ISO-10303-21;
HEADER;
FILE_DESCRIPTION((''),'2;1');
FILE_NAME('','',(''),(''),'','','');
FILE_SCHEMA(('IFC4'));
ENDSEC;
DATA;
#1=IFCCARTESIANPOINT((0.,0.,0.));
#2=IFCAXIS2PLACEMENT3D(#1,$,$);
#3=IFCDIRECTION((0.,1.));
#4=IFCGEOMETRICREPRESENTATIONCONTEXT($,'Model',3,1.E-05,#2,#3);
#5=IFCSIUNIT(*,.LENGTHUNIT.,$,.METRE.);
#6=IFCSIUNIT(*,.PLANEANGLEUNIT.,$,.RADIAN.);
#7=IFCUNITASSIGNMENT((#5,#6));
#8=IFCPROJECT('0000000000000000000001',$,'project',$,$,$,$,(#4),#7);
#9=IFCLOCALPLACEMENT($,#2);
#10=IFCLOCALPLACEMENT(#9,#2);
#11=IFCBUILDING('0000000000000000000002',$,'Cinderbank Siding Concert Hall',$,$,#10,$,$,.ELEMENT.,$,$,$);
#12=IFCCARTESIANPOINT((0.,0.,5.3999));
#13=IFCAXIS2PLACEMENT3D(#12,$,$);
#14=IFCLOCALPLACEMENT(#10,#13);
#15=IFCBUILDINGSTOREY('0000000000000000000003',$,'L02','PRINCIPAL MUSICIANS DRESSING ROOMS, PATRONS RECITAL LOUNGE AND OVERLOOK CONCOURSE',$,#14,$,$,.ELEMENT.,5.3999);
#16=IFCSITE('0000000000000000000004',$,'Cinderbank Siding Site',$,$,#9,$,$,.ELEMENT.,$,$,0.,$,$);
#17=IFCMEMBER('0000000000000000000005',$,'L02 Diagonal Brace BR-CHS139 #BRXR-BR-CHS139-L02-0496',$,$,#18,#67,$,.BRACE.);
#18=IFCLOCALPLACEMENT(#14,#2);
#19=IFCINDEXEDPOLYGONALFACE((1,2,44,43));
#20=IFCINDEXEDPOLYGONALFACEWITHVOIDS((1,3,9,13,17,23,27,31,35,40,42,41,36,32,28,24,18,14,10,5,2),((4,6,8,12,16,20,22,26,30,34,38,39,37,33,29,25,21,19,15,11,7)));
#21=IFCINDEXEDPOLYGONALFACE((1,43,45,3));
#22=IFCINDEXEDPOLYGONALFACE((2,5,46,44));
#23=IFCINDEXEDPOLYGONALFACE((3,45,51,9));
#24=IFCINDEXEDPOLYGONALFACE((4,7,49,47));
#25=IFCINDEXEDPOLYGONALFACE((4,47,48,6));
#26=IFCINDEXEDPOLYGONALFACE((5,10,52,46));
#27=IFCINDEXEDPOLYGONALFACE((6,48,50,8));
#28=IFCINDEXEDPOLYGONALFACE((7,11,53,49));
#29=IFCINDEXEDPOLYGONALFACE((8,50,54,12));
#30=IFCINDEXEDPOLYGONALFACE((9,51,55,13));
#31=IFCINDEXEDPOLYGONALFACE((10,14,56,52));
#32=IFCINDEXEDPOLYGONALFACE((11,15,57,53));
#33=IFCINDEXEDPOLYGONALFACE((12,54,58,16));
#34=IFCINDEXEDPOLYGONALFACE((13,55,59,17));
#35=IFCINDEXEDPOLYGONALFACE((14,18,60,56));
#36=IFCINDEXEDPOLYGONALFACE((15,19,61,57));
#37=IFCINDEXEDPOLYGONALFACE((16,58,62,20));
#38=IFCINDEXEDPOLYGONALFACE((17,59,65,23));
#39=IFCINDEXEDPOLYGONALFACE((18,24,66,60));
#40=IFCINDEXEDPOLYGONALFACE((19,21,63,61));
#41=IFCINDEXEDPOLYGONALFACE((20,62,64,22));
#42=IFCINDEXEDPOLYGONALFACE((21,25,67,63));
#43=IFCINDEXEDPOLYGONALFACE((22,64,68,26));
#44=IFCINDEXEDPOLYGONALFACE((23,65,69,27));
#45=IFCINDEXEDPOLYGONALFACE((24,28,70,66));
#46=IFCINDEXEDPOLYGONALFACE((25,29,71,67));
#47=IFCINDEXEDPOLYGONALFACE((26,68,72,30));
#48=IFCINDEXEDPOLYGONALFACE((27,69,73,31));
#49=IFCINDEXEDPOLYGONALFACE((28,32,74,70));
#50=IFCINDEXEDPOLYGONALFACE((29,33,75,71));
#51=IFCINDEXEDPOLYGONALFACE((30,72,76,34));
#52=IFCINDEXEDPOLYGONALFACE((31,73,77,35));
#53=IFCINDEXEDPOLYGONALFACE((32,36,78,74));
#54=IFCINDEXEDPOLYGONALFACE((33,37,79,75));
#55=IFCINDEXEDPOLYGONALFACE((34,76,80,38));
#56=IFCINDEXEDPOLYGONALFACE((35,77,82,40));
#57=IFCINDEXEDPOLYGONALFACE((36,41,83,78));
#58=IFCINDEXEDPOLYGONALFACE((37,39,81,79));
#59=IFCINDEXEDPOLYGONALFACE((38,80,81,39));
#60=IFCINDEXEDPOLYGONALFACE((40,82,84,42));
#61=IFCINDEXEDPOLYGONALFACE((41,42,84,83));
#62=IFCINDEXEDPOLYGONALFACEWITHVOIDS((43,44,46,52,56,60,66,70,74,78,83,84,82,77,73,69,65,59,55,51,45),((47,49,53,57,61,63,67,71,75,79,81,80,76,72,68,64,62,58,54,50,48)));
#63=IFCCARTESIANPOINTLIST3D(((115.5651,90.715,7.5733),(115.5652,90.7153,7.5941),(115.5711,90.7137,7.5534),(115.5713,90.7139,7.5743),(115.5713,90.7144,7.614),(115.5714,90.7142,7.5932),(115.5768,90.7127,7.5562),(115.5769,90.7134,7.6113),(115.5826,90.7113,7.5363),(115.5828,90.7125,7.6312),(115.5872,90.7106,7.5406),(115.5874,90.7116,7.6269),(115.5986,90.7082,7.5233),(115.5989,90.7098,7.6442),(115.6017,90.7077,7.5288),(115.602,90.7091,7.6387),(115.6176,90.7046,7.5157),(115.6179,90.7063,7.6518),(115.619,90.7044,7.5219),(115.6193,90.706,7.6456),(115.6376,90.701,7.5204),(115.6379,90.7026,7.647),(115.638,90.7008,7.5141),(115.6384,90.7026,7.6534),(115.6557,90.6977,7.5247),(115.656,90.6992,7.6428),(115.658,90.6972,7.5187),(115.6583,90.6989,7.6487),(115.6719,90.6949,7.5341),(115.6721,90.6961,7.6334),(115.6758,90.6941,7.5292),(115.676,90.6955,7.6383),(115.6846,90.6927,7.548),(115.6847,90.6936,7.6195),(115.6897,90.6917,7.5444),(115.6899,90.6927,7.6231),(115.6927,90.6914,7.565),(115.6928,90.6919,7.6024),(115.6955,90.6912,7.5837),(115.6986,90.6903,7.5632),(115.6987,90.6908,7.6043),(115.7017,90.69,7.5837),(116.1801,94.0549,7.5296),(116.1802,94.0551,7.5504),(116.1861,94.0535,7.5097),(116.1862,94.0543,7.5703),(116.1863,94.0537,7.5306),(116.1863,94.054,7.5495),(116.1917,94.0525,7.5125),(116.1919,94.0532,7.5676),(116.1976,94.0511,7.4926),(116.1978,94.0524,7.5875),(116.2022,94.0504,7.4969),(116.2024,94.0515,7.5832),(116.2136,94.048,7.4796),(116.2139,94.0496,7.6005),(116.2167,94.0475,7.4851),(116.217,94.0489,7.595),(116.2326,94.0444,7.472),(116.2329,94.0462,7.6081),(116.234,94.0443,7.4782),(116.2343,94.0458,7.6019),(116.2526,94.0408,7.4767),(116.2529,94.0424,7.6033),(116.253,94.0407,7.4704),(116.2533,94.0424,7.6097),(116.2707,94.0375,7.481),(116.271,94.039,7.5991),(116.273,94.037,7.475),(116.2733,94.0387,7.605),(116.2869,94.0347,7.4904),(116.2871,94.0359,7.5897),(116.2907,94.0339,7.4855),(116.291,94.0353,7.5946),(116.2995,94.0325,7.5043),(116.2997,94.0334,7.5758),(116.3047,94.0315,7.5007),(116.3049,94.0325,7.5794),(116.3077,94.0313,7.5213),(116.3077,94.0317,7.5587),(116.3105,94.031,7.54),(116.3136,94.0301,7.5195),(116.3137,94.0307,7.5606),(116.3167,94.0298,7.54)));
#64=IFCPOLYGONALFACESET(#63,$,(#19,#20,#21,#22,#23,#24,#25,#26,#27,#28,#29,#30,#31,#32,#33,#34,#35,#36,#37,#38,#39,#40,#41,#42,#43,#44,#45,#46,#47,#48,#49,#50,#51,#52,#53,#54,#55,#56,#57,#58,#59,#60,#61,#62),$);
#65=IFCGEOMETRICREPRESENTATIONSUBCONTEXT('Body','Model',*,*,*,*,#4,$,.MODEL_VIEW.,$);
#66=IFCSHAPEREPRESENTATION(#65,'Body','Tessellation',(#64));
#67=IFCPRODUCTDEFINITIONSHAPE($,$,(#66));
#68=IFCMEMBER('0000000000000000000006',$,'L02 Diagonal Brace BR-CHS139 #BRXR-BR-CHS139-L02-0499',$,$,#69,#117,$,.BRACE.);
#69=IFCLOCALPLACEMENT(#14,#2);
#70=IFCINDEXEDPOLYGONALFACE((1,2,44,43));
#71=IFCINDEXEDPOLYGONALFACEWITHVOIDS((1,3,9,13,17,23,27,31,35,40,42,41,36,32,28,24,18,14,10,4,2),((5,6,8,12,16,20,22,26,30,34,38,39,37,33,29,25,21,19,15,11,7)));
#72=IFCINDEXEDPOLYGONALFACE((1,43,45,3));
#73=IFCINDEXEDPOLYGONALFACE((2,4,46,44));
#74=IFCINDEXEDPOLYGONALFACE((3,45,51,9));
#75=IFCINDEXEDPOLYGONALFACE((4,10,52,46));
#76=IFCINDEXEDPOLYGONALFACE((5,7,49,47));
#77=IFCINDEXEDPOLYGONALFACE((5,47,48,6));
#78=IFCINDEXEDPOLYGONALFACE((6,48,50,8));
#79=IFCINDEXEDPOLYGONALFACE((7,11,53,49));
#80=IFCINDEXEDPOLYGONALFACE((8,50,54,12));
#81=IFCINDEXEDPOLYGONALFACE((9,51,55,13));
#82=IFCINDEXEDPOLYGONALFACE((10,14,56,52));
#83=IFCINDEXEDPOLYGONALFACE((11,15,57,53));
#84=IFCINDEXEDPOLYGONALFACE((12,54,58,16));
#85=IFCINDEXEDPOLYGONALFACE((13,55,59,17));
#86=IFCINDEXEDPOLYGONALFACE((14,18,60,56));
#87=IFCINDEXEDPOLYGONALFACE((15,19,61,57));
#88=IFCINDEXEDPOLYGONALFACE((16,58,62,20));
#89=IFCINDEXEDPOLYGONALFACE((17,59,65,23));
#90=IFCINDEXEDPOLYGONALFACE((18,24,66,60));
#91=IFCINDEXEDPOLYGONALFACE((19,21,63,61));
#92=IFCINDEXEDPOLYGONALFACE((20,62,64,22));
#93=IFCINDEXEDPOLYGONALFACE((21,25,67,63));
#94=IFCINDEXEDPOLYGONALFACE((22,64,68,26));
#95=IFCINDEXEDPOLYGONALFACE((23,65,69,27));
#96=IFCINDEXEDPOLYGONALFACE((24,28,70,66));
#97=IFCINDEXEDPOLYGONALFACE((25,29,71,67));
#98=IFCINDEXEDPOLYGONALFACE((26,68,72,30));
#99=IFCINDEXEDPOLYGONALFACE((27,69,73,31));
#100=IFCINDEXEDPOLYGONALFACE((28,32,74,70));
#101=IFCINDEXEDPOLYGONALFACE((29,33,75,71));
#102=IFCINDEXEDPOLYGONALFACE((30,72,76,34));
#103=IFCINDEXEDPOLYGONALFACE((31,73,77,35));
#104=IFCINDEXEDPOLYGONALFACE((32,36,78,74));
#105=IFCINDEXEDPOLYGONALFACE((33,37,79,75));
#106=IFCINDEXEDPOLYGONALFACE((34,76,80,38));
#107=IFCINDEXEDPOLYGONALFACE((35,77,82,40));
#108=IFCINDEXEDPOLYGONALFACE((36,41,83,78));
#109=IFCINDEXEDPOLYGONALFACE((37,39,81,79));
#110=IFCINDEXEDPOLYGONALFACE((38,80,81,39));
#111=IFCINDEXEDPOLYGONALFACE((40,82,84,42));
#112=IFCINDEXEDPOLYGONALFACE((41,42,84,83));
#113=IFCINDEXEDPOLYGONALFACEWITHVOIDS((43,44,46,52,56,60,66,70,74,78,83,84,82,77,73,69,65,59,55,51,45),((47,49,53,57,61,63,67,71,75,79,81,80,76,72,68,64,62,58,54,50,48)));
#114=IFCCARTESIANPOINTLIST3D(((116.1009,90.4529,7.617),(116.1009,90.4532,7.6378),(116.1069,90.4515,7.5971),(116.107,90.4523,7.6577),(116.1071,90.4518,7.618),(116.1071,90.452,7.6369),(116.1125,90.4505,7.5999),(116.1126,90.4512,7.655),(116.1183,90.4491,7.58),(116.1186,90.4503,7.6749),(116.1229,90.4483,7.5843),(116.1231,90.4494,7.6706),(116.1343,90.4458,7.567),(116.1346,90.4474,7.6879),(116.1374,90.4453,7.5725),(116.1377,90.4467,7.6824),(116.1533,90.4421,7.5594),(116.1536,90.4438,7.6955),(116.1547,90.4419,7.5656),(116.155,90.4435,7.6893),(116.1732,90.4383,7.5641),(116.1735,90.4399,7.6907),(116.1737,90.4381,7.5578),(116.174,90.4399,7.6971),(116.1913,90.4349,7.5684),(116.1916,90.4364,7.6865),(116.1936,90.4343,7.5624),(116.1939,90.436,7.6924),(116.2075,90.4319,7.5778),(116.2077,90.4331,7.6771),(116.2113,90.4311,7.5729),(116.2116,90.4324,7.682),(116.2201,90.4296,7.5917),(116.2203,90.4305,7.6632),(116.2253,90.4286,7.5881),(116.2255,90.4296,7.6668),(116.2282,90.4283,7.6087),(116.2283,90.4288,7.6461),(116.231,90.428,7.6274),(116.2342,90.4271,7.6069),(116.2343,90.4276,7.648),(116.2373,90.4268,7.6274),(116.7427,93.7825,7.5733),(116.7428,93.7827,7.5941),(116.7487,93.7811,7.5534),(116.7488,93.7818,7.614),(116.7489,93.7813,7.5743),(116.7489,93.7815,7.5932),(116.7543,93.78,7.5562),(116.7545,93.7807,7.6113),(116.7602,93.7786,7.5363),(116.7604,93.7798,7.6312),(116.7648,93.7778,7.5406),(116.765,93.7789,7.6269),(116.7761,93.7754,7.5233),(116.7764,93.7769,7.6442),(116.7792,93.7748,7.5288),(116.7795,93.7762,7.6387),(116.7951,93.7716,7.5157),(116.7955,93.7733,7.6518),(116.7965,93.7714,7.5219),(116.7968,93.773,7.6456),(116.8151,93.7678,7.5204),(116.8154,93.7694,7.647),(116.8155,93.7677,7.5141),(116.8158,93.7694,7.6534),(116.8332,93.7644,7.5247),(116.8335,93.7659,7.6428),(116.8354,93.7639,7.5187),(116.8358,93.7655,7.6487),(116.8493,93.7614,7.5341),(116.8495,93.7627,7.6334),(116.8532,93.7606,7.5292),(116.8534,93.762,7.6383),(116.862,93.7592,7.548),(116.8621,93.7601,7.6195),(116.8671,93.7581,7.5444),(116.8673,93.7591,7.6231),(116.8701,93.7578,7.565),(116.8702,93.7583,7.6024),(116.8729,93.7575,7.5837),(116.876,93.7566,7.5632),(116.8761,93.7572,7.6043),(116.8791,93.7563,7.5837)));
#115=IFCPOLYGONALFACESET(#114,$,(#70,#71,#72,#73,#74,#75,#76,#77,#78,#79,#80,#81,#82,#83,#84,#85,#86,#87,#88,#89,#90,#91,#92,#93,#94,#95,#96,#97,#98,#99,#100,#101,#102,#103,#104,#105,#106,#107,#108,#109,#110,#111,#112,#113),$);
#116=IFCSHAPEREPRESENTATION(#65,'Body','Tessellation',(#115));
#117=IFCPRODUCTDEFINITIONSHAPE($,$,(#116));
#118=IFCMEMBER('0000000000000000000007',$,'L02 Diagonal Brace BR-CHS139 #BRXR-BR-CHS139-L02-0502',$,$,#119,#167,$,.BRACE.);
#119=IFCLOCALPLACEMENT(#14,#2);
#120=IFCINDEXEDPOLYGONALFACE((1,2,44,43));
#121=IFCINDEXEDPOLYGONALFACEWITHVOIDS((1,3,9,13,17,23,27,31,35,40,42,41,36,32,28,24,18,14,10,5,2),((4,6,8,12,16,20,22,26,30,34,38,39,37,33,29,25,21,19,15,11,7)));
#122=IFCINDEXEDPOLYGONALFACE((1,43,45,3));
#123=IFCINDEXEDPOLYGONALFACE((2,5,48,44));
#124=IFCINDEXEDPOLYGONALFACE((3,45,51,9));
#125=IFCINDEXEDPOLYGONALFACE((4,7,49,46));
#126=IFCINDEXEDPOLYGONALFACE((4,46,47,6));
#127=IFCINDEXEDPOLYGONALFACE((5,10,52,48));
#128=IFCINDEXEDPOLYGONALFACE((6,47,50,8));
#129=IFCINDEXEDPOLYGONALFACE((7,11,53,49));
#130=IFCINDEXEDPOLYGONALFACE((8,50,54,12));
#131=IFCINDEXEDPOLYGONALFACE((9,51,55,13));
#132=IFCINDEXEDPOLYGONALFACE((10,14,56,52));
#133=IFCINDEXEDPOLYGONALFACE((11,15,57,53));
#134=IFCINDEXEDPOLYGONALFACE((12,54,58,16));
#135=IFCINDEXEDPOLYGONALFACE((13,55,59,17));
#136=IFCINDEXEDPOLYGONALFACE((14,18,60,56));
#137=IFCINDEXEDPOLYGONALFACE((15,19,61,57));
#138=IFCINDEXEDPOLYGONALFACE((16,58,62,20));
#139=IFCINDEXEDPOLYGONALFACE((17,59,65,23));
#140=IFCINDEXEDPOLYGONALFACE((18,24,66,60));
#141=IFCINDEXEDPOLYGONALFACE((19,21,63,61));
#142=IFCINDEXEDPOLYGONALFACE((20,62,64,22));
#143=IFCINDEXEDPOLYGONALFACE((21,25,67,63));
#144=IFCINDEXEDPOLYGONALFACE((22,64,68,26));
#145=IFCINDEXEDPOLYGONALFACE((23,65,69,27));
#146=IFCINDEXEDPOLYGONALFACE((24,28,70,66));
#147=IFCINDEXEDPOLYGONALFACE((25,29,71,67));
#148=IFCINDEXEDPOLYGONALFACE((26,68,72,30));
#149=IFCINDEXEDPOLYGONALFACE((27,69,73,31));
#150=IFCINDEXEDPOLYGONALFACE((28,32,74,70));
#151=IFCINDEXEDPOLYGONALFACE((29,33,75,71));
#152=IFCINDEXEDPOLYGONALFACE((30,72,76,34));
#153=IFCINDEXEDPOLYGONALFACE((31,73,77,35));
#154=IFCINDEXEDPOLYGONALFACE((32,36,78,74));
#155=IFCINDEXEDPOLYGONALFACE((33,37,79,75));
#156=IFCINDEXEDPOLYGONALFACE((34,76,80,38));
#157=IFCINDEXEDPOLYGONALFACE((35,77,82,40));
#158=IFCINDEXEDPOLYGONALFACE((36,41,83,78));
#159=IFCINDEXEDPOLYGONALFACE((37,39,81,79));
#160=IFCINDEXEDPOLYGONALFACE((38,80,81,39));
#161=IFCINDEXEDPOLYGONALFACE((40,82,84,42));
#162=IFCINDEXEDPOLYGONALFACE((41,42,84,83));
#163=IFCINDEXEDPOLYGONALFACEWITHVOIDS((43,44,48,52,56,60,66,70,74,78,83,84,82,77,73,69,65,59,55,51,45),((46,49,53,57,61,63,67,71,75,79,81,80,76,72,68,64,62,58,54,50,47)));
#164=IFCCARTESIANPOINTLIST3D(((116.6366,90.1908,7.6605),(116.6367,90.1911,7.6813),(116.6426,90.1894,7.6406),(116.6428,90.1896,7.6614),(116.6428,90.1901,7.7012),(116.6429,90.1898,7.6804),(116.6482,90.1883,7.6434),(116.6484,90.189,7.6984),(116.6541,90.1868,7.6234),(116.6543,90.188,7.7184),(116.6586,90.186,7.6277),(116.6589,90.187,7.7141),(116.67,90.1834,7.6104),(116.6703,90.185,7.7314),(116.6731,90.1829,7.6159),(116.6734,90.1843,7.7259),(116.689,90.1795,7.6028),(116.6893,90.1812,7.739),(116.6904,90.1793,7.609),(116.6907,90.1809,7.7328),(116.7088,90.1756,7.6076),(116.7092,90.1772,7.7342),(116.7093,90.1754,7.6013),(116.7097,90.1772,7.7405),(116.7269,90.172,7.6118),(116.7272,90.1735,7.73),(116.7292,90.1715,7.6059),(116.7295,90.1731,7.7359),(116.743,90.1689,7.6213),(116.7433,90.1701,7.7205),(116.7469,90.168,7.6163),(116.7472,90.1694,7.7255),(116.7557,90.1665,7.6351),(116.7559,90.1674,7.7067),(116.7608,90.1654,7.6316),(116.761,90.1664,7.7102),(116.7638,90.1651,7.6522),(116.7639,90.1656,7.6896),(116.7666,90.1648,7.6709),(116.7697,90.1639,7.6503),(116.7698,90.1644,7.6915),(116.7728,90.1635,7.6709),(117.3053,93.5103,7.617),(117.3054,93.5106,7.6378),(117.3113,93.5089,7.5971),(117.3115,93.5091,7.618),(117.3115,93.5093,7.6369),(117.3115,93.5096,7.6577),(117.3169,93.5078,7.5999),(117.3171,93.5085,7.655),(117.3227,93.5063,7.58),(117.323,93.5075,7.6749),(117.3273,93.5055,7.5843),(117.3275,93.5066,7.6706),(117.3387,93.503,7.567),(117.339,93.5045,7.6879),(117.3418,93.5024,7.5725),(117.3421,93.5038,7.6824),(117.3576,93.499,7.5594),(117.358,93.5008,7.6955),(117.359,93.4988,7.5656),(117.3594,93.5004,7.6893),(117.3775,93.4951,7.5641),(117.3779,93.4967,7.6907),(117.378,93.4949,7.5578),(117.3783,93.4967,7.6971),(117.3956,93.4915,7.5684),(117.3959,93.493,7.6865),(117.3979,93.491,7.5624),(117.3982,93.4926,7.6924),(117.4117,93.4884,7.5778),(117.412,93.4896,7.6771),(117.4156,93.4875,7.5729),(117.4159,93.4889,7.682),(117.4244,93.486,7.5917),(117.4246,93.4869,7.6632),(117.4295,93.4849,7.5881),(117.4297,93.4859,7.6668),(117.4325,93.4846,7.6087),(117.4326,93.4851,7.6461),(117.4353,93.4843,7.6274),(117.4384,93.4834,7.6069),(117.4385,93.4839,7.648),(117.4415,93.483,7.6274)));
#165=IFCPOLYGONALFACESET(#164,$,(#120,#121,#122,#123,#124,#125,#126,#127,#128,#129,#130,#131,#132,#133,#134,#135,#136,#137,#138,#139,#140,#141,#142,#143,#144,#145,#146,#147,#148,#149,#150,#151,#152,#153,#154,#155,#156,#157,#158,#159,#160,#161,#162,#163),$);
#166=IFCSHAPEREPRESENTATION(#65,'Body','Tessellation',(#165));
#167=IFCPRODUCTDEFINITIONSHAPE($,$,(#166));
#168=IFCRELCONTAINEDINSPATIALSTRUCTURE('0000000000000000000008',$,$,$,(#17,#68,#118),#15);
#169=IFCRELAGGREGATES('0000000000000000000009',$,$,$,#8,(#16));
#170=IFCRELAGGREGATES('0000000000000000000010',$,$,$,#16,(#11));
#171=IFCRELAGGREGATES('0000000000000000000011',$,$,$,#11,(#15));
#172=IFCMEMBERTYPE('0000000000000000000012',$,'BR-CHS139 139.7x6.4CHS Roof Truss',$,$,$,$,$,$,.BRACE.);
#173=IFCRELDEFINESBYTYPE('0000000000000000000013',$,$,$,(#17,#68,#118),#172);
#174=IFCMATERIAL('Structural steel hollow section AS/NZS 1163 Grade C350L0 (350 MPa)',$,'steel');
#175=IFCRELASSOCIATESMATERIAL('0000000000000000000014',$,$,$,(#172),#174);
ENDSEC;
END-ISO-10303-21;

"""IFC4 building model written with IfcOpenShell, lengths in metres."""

from ifc_helpers import new_model, si_unit, direction, frame, origin, origin_2d, place, context, subcontext, project, spatial, hollow_circle, extrude, material, material_profile, profile_set, type_object, element, save


model = new_model("IFC4")

# Units and contexts
model_context = context("Model", 3, precision=1e-05, world=origin(), true_north=direction((0.0, 1.0)))
body_context = subcontext(model_context, "Body", "Model", "MODEL_VIEW")
ifc_project = project(units=[si_unit("LENGTHUNIT", "METRE"), si_unit("PLANEANGLEUNIT", "RADIAN")], contexts=[model_context])

# Site, building, storey
site_placement = place(None, origin())
site = spatial("IfcSite", under=ifc_project, at=site_placement, Name="Cinderbank Siding Site", CompositionType="ELEMENT", RefElevation=0.0)
building_placement = place(site_placement, origin())
building = spatial("IfcBuilding", under=site, at=building_placement, Name="Cinderbank Siding Concert Hall", CompositionType="ELEMENT")
storey_placement = place(building_placement, frame((0.0, 0.0, 5.3999)))
storey = spatial("IfcBuildingStorey", under=building, at=storey_placement, Name="L02", Description="PRINCIPAL MUSICIANS DRESSING ROOMS, PATRONS RECITAL LOUNGE AND OVERLOOK CONCOURSE", CompositionType="ELEMENT", Elevation=5.3999)

# Members
ifc_material_1 = material(Name="Structural steel hollow section AS/NZS 1163 Grade C350L0 (350 MPa)", Category="steel")
ifc_material_profile_1 = material_profile(ifc_material_1, hollow_circle(Radius=0.0698, WallThickness=0.0063, at=origin_2d()), Name="139.7x6.4CHS", Category="LoadBearing")
ifc_profile_set_1 = profile_set([ifc_material_profile_1], Name="Structural steel hollow section AS/NZS 1163 Grade C350L0 (350 MPa)")
member_type_1 = type_object("IfcMemberType", Name="BR-CHS139 139.7x6.4CHS Roof Truss", PredefinedType="BRACE", material=ifc_profile_set_1)
member_1_placement = place(storey_placement, frame((116.248, 94.0425, 7.54), z_axis=(-0.181078, -0.983385, 0.012867), x_axis=(0.983466, -0.181093, 0.0)))
element("IfcMember", 1, at=member_1_placement, inside=storey, type_object=member_type_1, Name="L02 Diagonal Brace BR-CHS139 #BRXR-BR-CHS139-L02-0496", PredefinedType="BRACE", context=body_context, shape_type="SweptSolid", body=[
    extrude(hollow_circle(Radius=0.0698, WallThickness=0.0063, at=origin_2d()), origin(), (0.0, 0.0, 1.0), 3.3962),
])
member_2_placement = place(storey_placement, frame((116.8105, 93.7695, 7.5837), z_axis=(-0.18927, -0.981841, 0.012887), x_axis=(0.981922, -0.189285, 0.0)))
element("IfcMember", 2, at=member_2_placement, inside=storey, type_object=member_type_1, Name="L02 Diagonal Brace BR-CHS139 #BRXR-BR-CHS139-L02-0499", PredefinedType="BRACE", context=body_context, shape_type="SweptSolid", body=[
    extrude(hollow_circle(Radius=0.0698, WallThickness=0.0063, at=origin_2d()), origin(), (0.0, 0.0, 1.0), 3.3911),
])
member_3_placement = place(storey_placement, frame((117.373, 93.4968, 7.6274), z_axis=(-0.197458, -0.980227, 0.012832), x_axis=(0.980308, -0.197475, 0.0)))
element("IfcMember", 3, at=member_3_placement, inside=storey, type_object=member_type_1, Name="L02 Diagonal Brace BR-CHS139 #BRXR-BR-CHS139-L02-0502", PredefinedType="BRACE", context=body_context, shape_type="SweptSolid", body=[
    extrude(hollow_circle(Radius=0.0698, WallThickness=0.0063, at=origin_2d()), origin(), (0.0, 0.0, 1.0), 3.3865),
])

save(model, "model.ifc")
